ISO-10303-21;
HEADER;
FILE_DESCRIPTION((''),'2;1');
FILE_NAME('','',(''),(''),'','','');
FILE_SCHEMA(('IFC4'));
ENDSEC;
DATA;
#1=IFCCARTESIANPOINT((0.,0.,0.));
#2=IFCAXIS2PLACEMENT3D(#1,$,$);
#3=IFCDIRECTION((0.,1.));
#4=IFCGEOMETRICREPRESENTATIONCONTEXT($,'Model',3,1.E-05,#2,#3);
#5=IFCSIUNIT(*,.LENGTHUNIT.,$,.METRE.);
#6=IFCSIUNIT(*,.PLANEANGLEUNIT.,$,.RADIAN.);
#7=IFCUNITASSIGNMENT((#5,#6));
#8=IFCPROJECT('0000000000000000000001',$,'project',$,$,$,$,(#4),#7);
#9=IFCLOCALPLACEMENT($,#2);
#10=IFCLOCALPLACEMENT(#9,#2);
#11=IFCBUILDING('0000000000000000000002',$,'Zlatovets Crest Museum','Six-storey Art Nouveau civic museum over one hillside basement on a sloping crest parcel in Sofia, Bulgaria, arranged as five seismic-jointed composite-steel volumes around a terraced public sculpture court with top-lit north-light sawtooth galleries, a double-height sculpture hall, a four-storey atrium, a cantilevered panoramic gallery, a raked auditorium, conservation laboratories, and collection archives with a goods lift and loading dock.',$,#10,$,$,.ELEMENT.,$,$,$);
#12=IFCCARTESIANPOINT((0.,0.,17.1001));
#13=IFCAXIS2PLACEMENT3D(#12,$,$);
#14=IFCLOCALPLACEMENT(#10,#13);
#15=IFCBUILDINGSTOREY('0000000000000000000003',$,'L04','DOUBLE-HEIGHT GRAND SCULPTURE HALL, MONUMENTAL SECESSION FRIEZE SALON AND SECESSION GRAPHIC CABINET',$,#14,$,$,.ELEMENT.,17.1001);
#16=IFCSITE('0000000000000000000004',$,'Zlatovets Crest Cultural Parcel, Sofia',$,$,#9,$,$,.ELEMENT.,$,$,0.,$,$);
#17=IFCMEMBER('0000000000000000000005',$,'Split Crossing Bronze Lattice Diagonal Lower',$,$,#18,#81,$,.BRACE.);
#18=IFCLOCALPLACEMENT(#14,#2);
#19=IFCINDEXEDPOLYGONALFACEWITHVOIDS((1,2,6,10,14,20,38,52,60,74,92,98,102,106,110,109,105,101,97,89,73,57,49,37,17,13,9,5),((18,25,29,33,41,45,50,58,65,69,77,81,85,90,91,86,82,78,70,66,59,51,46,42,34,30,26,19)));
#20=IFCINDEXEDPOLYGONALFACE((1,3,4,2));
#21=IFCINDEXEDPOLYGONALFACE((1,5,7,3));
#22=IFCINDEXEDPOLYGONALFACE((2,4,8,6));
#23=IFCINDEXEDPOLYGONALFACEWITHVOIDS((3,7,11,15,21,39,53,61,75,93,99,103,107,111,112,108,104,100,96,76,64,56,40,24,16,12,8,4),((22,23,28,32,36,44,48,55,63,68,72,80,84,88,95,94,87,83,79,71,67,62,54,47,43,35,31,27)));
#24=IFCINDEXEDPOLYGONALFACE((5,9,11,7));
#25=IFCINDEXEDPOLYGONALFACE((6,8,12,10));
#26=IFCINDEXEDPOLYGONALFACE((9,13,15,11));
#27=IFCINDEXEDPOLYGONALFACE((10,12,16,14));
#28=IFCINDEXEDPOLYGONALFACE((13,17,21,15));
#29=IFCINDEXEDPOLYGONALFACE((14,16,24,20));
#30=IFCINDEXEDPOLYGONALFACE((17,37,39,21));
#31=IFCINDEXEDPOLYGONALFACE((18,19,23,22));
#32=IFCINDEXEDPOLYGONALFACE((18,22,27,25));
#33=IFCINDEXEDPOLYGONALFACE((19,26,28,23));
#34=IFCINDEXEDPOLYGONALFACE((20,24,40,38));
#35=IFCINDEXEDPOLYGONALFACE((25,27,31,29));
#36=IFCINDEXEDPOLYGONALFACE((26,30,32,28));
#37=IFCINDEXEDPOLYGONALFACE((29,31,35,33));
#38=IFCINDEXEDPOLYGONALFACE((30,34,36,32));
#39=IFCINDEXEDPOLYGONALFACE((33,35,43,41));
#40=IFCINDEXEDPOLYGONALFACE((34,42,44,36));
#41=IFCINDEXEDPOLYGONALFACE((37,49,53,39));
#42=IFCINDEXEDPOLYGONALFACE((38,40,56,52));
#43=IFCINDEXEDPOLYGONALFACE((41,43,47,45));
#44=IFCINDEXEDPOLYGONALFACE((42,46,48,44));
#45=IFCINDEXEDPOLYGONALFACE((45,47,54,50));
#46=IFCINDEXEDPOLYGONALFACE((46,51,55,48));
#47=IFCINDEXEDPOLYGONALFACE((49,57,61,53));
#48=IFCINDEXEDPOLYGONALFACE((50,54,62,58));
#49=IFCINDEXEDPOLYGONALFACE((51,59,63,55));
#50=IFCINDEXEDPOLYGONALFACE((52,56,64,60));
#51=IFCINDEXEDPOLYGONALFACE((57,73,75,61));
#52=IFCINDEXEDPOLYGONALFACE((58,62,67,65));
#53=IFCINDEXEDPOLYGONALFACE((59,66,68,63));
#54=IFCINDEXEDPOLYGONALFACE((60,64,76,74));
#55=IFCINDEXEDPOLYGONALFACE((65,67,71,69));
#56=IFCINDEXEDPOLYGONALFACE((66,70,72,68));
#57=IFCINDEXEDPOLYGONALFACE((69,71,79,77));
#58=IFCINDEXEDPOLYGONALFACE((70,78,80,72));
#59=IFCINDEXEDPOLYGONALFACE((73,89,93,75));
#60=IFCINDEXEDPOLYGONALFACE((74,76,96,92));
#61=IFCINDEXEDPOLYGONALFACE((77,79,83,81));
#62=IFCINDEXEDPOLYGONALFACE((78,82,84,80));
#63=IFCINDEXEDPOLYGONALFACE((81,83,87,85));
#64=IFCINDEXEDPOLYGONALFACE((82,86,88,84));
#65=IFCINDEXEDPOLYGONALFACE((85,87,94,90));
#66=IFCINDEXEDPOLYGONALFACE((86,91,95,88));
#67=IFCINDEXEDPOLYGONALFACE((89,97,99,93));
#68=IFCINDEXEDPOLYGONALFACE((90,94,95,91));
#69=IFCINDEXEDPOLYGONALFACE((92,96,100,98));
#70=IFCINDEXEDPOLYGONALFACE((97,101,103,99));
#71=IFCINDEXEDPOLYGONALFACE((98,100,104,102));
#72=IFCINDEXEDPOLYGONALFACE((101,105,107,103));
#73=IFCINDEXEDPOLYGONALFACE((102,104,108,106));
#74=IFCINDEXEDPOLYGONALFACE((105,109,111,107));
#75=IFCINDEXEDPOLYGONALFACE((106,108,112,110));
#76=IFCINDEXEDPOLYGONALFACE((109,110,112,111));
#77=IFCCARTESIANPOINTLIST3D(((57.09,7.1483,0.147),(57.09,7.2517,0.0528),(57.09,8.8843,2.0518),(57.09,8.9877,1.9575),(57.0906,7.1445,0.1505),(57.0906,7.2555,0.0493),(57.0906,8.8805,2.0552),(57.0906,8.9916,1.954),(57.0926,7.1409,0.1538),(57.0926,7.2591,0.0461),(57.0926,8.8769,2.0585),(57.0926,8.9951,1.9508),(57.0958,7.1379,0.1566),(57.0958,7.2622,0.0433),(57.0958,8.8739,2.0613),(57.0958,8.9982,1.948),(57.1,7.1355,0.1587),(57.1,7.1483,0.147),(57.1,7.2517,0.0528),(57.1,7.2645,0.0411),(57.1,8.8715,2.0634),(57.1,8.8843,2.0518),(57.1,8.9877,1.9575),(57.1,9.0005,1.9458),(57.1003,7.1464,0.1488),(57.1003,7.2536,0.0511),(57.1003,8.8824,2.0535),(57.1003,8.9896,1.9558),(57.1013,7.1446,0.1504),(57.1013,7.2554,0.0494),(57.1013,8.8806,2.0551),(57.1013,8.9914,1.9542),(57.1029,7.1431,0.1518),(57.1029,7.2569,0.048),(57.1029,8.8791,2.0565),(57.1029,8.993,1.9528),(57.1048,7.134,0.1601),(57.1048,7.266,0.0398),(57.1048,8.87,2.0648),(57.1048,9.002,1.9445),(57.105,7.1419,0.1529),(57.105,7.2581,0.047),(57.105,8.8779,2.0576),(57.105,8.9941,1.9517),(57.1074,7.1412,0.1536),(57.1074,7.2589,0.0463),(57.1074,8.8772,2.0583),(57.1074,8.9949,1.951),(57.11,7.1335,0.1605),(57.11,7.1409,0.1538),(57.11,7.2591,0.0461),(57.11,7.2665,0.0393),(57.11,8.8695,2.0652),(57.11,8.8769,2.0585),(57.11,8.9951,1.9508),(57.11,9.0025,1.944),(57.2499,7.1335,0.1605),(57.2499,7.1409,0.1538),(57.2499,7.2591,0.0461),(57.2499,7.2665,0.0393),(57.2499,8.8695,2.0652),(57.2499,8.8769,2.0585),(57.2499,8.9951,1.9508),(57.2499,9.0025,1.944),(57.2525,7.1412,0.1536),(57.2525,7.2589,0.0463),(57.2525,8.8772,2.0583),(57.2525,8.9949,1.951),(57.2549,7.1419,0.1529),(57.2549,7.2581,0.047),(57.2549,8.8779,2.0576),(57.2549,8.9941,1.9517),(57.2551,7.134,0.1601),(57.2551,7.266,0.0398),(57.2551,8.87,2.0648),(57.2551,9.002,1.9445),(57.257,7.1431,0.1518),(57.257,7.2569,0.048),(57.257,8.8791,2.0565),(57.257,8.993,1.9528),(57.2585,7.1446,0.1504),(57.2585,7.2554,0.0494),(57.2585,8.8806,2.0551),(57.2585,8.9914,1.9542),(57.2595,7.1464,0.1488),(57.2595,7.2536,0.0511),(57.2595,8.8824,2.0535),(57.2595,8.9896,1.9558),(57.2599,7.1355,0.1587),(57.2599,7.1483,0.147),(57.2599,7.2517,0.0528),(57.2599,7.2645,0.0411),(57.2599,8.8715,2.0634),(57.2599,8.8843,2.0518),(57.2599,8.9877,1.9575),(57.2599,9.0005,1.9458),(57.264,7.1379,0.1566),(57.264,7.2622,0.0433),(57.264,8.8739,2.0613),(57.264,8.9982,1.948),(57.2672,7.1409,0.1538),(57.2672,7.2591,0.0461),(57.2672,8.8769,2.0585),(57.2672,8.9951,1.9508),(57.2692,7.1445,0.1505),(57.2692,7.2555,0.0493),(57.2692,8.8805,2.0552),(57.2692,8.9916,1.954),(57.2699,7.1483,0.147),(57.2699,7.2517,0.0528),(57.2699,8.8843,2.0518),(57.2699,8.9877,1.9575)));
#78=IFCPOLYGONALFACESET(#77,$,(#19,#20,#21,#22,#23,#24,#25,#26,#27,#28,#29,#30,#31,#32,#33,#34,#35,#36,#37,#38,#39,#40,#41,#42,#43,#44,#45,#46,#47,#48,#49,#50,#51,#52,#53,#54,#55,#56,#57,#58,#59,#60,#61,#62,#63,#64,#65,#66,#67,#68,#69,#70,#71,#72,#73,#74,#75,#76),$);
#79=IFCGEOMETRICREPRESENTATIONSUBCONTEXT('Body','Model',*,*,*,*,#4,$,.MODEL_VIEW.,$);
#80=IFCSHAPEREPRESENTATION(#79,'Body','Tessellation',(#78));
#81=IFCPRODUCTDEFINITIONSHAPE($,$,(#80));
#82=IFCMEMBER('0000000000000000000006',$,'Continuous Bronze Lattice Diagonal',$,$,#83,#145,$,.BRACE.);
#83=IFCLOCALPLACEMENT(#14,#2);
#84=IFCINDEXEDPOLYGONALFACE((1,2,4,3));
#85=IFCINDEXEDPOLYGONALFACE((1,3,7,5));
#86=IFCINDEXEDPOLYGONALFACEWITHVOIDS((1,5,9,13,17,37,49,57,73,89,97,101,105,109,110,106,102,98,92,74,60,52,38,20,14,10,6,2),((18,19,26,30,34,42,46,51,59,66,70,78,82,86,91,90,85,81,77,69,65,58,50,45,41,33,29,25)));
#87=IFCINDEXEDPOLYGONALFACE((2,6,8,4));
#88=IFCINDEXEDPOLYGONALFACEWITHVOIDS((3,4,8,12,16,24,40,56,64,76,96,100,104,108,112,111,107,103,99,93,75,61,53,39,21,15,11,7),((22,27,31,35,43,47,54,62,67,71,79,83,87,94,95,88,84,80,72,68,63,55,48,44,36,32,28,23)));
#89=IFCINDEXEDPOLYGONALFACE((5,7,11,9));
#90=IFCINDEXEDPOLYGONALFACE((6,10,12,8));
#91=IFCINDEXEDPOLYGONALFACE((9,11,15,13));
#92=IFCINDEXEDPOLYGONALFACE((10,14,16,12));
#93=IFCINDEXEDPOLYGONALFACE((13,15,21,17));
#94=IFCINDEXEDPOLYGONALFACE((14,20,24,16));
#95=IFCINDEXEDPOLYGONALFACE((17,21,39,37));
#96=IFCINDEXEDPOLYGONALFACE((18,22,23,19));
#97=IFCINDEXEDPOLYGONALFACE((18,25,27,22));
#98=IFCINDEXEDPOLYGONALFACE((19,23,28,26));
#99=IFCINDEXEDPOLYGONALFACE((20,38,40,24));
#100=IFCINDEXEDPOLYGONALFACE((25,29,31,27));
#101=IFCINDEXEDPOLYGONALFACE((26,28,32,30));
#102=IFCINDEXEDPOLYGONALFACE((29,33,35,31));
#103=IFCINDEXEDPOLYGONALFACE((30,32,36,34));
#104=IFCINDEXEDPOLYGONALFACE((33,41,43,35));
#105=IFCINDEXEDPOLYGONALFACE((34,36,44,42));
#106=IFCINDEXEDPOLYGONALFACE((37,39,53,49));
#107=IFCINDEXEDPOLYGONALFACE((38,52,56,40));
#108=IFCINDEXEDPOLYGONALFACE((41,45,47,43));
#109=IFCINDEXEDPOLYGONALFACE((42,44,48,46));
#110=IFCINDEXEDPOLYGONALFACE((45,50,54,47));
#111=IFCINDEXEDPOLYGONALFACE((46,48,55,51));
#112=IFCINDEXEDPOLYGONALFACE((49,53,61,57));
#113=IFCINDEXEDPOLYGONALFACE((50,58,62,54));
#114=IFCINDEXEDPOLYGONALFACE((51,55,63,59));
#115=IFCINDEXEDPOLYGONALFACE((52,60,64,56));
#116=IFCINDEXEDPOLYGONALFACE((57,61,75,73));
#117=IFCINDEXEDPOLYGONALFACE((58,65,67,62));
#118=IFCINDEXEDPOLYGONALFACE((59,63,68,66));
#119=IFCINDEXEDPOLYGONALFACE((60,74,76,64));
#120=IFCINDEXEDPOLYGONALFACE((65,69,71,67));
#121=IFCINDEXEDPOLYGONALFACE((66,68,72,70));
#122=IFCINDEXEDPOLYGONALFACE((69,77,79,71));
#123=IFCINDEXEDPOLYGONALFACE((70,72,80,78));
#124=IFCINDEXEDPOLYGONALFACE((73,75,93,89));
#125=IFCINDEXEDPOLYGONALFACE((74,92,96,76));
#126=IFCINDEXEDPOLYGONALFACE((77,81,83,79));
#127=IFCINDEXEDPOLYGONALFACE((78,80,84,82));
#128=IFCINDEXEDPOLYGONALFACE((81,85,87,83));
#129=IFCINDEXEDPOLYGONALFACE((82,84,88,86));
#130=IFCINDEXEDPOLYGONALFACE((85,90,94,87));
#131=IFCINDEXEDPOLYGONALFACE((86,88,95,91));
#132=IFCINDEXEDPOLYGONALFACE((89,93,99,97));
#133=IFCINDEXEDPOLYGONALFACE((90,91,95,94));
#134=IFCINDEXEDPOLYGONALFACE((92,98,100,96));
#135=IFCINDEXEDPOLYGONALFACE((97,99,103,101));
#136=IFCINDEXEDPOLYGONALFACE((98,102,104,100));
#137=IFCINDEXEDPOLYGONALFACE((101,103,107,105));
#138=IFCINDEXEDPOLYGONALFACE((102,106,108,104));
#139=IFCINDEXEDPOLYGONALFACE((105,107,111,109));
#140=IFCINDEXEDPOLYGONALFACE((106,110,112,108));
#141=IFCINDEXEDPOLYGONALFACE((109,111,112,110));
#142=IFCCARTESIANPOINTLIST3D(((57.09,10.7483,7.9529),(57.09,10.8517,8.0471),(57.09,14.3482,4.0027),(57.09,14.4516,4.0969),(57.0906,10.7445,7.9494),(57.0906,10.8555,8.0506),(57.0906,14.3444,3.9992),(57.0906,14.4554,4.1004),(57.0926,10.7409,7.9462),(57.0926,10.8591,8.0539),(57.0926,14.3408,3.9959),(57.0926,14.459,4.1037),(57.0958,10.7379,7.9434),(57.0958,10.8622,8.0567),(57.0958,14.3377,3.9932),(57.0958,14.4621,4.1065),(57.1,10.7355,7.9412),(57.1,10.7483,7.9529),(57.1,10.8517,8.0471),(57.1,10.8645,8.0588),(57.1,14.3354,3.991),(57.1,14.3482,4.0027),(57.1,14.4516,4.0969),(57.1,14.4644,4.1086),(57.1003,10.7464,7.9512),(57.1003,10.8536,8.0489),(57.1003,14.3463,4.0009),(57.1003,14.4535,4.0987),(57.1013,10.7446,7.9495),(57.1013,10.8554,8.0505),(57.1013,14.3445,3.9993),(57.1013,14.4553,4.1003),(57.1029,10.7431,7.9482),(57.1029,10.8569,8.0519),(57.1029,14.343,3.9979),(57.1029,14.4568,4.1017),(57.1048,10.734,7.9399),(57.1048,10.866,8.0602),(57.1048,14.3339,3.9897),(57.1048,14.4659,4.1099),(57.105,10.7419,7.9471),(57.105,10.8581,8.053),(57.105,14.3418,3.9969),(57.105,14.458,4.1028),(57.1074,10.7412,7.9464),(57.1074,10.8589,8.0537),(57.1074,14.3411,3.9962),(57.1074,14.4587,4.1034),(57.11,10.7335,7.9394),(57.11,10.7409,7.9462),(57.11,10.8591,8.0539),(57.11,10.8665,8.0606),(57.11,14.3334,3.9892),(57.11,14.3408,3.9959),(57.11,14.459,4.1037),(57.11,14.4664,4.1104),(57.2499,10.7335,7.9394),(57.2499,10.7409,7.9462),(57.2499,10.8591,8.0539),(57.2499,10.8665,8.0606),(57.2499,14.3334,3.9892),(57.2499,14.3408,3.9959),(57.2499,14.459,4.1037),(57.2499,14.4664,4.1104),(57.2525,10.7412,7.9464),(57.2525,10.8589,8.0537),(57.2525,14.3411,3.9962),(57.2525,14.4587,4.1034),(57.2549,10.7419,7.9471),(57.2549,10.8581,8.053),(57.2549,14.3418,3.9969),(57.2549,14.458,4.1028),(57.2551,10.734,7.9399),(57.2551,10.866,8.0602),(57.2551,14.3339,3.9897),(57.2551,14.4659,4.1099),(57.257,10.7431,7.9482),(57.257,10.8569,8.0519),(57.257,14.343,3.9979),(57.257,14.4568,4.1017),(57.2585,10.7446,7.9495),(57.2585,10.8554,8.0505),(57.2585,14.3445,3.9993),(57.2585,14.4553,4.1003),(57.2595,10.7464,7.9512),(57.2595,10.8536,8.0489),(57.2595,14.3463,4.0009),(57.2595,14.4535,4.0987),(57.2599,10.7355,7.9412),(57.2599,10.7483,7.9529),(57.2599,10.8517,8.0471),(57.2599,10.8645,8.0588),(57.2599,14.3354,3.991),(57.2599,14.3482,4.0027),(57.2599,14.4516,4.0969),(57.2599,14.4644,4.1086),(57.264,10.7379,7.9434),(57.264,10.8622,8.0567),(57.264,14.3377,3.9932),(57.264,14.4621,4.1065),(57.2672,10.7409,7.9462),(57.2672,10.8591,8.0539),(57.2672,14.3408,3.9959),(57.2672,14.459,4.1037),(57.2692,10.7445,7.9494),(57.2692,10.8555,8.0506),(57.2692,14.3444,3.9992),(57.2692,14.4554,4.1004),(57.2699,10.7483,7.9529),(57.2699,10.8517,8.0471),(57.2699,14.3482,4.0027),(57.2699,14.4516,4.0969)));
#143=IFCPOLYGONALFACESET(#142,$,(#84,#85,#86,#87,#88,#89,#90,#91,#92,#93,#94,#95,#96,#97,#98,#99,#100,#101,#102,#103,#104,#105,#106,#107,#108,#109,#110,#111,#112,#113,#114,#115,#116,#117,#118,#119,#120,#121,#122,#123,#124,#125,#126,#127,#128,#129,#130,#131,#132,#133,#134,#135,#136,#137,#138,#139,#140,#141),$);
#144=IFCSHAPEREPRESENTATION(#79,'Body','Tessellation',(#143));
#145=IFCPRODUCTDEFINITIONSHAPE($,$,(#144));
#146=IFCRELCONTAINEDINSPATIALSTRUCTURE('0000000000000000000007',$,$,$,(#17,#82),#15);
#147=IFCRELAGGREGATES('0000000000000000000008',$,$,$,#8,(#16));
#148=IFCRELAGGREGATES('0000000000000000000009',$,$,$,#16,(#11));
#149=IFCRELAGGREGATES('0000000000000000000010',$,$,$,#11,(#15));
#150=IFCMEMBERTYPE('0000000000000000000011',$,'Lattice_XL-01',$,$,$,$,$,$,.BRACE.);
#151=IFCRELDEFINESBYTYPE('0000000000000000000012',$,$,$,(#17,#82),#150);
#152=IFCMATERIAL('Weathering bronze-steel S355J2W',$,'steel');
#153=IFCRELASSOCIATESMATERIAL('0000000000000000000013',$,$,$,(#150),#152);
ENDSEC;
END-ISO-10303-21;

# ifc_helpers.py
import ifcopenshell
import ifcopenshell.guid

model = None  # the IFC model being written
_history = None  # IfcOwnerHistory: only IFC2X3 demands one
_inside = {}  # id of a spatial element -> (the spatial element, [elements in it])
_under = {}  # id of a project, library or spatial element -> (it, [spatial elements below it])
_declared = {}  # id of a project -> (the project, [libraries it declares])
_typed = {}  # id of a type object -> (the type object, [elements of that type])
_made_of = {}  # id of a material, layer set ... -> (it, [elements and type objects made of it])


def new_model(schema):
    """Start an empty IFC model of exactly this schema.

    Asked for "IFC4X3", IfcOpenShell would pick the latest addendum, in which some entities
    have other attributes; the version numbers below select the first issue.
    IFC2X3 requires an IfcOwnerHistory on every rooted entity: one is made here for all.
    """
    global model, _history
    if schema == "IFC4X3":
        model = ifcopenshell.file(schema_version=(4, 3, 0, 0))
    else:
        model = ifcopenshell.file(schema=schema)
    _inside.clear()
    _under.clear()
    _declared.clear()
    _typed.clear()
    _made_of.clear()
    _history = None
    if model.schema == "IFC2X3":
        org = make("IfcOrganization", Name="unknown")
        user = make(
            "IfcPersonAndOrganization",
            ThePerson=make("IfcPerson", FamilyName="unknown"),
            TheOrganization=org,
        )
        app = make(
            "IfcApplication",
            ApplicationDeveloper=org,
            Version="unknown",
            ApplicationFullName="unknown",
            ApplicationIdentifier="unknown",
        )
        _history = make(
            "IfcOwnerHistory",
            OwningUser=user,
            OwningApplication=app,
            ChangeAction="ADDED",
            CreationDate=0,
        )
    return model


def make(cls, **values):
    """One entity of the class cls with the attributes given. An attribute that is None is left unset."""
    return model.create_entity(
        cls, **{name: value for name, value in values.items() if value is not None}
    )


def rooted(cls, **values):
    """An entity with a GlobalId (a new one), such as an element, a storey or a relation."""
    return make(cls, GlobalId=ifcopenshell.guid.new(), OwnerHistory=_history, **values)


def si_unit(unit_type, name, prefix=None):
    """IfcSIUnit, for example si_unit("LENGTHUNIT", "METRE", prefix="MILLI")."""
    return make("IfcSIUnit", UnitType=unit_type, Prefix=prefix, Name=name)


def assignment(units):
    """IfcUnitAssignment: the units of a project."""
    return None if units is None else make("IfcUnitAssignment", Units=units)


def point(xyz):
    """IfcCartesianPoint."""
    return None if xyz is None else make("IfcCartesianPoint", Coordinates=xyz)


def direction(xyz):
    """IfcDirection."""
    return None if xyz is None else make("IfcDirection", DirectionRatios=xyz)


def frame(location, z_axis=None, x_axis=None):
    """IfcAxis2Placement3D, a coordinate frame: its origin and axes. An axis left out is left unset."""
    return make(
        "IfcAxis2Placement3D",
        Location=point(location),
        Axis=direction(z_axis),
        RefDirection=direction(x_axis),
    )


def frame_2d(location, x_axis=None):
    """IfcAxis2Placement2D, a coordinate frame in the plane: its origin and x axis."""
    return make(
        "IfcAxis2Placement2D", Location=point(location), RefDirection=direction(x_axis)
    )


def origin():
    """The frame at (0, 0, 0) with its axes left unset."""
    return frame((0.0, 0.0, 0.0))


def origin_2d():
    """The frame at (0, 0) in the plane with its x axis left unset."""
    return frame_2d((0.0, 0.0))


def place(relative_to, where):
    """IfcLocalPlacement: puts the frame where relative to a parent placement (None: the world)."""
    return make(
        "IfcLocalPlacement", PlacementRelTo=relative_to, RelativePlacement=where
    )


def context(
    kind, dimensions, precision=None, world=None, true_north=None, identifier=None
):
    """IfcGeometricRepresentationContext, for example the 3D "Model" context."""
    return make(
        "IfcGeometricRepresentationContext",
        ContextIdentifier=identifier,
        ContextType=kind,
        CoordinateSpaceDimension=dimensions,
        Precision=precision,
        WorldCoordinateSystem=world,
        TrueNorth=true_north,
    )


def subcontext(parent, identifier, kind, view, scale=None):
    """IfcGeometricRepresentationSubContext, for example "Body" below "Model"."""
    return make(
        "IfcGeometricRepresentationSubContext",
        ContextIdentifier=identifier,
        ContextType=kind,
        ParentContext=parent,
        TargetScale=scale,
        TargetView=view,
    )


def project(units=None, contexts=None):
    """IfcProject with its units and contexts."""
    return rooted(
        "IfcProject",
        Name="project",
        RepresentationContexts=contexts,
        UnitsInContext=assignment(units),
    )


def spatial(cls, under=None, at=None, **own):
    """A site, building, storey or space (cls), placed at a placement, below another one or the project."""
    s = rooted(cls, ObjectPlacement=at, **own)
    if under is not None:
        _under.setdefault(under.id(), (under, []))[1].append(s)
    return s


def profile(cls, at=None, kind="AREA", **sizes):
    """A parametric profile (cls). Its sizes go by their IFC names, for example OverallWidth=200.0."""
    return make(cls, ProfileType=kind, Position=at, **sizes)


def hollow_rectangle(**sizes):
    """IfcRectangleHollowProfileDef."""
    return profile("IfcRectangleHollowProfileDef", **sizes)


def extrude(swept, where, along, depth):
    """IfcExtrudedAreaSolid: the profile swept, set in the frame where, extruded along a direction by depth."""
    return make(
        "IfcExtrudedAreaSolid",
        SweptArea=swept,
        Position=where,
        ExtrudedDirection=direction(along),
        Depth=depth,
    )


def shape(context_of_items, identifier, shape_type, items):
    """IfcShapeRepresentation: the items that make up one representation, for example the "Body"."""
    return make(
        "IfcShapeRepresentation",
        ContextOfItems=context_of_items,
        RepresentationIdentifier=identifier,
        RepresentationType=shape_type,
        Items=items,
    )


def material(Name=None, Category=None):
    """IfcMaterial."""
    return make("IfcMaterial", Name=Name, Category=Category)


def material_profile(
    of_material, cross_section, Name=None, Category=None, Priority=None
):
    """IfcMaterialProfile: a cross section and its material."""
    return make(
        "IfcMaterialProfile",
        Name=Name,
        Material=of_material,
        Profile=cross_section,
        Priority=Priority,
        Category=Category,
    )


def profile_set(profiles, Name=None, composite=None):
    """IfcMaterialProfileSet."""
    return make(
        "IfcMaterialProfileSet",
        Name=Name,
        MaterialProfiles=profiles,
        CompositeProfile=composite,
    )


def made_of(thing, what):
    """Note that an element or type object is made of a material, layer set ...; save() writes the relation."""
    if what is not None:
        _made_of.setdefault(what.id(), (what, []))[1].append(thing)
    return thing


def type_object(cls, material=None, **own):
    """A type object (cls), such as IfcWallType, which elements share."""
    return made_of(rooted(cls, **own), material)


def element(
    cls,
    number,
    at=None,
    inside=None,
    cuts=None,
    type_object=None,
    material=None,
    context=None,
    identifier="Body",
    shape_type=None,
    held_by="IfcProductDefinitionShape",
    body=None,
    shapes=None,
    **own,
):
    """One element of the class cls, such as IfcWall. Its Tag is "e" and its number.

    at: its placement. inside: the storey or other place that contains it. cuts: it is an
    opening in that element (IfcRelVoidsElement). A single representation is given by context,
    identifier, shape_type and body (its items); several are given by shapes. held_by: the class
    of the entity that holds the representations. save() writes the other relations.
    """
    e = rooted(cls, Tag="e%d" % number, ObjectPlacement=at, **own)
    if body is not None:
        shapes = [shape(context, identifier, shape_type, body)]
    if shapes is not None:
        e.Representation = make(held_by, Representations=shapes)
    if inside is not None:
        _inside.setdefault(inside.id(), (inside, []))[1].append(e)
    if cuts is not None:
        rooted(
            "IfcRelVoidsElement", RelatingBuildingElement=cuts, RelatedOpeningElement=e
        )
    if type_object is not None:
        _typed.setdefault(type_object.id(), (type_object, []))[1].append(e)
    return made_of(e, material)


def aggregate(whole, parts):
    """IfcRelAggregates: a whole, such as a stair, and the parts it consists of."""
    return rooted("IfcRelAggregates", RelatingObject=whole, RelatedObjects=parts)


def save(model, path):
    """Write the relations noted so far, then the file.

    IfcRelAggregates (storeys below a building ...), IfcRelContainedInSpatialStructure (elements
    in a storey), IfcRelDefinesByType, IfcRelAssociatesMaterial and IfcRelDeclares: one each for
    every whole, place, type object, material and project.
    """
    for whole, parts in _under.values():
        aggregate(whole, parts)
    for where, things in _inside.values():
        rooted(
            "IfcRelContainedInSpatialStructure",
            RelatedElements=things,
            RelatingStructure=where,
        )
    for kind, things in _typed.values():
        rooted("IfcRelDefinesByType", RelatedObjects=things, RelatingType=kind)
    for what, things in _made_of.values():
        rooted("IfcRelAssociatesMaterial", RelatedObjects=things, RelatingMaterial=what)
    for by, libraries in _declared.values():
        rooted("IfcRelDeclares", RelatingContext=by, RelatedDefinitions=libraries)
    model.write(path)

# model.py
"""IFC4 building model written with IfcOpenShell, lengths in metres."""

from ifc_helpers import new_model, si_unit, direction, frame, origin, origin_2d, place, context, subcontext, project, spatial, hollow_rectangle, extrude, material, material_profile, profile_set, type_object, element, save


model = new_model("IFC4")

# Units and contexts
model_context = context("Model", 3, precision=1e-05, world=origin(), true_north=direction((0.0, 1.0)))
body_context = subcontext(model_context, "Body", "Model", "MODEL_VIEW")
ifc_project = project(units=[si_unit("LENGTHUNIT", "METRE"), si_unit("PLANEANGLEUNIT", "RADIAN")], contexts=[model_context])

# Site, building, storey
site_placement = place(None, origin())
site = spatial("IfcSite", under=ifc_project, at=site_placement, Name="Zlatovets Crest Cultural Parcel, Sofia", CompositionType="ELEMENT", RefElevation=0.0)
building_placement = place(site_placement, origin())
building = spatial("IfcBuilding", under=site, at=building_placement, Name="Zlatovets Crest Museum", Description="Six-storey Art Nouveau civic museum over one hillside basement on a sloping crest parcel in Sofia, Bulgaria, arranged as five seismic-jointed composite-steel volumes around a terraced public sculpture court with top-lit north-light sawtooth galleries, a double-height sculpture hall, a four-storey atrium, a cantilevered panoramic gallery, a raked auditorium, conservation laboratories, and collection archives with a goods lift and loading dock.", CompositionType="ELEMENT")
storey_placement = place(building_placement, frame((0.0, 0.0, 17.1001)))
storey = spatial("IfcBuildingStorey", under=building, at=storey_placement, Name="L04", Description="DOUBLE-HEIGHT GRAND SCULPTURE HALL, MONUMENTAL SECESSION FRIEZE SALON AND SECESSION GRAPHIC CABINET", CompositionType="ELEMENT", Elevation=17.1001)

# Members
ifc_material_1 = material(Name="Weathering bronze-steel S355J2W", Category="steel")
ifc_material_profile_1 = material_profile(ifc_material_1, hollow_rectangle(XDim=0.1799, YDim=0.1799, WallThickness=0.01, InnerFilletRadius=0.01, OuterFilletRadius=0.02, at=origin_2d()), Name="SHS 180x180x10.0")
ifc_profile_set_1 = profile_set([ifc_material_profile_1], Name="Weathering bronze-steel S355J2W")
member_type_1 = type_object("IfcMemberType", Name="Lattice_XL-01", PredefinedType="BRACE", material=ifc_profile_set_1)
for number, where, z_axis, x_axis, name in (
    (1, (57.1799, 8.936, 2.0046), (0.0, -0.67362, -0.739078), (1.0, 0.0, 0.0), "Split Crossing Bronze Lattice Diagonal Lower"),
):
    element("IfcMember", number, at=place(storey_placement, frame(where, z_axis=z_axis, x_axis=x_axis)), inside=storey, type_object=member_type_1, Name=name, PredefinedType="BRACE", context=body_context, shape_type="SweptSolid", body=[
        extrude(hollow_rectangle(XDim=0.1799, YDim=0.1799, WallThickness=0.01, InnerFilletRadius=0.01, OuterFilletRadius=0.02, at=origin_2d()), origin(), (0.0, 0.0, 1.0), 2.5771),
    ])
member_1_placement = place(storey_placement, frame((57.1799, 14.3999, 4.0498), z_axis=(0.0, -0.67357, 0.739123), x_axis=(1.0, 0.0, 0.0)))
element("IfcMember", 2, at=member_1_placement, inside=storey, type_object=member_type_1, Name="Continuous Bronze Lattice Diagonal", PredefinedType="BRACE", context=body_context, shape_type="SweptSolid", body=[
    extrude(hollow_rectangle(XDim=0.1799, YDim=0.1799, WallThickness=0.01, InnerFilletRadius=0.01, OuterFilletRadius=0.02, at=origin_2d()), origin(), (0.0, 0.0, 1.0), 5.3445),
])

save(model, "model.ifc")
